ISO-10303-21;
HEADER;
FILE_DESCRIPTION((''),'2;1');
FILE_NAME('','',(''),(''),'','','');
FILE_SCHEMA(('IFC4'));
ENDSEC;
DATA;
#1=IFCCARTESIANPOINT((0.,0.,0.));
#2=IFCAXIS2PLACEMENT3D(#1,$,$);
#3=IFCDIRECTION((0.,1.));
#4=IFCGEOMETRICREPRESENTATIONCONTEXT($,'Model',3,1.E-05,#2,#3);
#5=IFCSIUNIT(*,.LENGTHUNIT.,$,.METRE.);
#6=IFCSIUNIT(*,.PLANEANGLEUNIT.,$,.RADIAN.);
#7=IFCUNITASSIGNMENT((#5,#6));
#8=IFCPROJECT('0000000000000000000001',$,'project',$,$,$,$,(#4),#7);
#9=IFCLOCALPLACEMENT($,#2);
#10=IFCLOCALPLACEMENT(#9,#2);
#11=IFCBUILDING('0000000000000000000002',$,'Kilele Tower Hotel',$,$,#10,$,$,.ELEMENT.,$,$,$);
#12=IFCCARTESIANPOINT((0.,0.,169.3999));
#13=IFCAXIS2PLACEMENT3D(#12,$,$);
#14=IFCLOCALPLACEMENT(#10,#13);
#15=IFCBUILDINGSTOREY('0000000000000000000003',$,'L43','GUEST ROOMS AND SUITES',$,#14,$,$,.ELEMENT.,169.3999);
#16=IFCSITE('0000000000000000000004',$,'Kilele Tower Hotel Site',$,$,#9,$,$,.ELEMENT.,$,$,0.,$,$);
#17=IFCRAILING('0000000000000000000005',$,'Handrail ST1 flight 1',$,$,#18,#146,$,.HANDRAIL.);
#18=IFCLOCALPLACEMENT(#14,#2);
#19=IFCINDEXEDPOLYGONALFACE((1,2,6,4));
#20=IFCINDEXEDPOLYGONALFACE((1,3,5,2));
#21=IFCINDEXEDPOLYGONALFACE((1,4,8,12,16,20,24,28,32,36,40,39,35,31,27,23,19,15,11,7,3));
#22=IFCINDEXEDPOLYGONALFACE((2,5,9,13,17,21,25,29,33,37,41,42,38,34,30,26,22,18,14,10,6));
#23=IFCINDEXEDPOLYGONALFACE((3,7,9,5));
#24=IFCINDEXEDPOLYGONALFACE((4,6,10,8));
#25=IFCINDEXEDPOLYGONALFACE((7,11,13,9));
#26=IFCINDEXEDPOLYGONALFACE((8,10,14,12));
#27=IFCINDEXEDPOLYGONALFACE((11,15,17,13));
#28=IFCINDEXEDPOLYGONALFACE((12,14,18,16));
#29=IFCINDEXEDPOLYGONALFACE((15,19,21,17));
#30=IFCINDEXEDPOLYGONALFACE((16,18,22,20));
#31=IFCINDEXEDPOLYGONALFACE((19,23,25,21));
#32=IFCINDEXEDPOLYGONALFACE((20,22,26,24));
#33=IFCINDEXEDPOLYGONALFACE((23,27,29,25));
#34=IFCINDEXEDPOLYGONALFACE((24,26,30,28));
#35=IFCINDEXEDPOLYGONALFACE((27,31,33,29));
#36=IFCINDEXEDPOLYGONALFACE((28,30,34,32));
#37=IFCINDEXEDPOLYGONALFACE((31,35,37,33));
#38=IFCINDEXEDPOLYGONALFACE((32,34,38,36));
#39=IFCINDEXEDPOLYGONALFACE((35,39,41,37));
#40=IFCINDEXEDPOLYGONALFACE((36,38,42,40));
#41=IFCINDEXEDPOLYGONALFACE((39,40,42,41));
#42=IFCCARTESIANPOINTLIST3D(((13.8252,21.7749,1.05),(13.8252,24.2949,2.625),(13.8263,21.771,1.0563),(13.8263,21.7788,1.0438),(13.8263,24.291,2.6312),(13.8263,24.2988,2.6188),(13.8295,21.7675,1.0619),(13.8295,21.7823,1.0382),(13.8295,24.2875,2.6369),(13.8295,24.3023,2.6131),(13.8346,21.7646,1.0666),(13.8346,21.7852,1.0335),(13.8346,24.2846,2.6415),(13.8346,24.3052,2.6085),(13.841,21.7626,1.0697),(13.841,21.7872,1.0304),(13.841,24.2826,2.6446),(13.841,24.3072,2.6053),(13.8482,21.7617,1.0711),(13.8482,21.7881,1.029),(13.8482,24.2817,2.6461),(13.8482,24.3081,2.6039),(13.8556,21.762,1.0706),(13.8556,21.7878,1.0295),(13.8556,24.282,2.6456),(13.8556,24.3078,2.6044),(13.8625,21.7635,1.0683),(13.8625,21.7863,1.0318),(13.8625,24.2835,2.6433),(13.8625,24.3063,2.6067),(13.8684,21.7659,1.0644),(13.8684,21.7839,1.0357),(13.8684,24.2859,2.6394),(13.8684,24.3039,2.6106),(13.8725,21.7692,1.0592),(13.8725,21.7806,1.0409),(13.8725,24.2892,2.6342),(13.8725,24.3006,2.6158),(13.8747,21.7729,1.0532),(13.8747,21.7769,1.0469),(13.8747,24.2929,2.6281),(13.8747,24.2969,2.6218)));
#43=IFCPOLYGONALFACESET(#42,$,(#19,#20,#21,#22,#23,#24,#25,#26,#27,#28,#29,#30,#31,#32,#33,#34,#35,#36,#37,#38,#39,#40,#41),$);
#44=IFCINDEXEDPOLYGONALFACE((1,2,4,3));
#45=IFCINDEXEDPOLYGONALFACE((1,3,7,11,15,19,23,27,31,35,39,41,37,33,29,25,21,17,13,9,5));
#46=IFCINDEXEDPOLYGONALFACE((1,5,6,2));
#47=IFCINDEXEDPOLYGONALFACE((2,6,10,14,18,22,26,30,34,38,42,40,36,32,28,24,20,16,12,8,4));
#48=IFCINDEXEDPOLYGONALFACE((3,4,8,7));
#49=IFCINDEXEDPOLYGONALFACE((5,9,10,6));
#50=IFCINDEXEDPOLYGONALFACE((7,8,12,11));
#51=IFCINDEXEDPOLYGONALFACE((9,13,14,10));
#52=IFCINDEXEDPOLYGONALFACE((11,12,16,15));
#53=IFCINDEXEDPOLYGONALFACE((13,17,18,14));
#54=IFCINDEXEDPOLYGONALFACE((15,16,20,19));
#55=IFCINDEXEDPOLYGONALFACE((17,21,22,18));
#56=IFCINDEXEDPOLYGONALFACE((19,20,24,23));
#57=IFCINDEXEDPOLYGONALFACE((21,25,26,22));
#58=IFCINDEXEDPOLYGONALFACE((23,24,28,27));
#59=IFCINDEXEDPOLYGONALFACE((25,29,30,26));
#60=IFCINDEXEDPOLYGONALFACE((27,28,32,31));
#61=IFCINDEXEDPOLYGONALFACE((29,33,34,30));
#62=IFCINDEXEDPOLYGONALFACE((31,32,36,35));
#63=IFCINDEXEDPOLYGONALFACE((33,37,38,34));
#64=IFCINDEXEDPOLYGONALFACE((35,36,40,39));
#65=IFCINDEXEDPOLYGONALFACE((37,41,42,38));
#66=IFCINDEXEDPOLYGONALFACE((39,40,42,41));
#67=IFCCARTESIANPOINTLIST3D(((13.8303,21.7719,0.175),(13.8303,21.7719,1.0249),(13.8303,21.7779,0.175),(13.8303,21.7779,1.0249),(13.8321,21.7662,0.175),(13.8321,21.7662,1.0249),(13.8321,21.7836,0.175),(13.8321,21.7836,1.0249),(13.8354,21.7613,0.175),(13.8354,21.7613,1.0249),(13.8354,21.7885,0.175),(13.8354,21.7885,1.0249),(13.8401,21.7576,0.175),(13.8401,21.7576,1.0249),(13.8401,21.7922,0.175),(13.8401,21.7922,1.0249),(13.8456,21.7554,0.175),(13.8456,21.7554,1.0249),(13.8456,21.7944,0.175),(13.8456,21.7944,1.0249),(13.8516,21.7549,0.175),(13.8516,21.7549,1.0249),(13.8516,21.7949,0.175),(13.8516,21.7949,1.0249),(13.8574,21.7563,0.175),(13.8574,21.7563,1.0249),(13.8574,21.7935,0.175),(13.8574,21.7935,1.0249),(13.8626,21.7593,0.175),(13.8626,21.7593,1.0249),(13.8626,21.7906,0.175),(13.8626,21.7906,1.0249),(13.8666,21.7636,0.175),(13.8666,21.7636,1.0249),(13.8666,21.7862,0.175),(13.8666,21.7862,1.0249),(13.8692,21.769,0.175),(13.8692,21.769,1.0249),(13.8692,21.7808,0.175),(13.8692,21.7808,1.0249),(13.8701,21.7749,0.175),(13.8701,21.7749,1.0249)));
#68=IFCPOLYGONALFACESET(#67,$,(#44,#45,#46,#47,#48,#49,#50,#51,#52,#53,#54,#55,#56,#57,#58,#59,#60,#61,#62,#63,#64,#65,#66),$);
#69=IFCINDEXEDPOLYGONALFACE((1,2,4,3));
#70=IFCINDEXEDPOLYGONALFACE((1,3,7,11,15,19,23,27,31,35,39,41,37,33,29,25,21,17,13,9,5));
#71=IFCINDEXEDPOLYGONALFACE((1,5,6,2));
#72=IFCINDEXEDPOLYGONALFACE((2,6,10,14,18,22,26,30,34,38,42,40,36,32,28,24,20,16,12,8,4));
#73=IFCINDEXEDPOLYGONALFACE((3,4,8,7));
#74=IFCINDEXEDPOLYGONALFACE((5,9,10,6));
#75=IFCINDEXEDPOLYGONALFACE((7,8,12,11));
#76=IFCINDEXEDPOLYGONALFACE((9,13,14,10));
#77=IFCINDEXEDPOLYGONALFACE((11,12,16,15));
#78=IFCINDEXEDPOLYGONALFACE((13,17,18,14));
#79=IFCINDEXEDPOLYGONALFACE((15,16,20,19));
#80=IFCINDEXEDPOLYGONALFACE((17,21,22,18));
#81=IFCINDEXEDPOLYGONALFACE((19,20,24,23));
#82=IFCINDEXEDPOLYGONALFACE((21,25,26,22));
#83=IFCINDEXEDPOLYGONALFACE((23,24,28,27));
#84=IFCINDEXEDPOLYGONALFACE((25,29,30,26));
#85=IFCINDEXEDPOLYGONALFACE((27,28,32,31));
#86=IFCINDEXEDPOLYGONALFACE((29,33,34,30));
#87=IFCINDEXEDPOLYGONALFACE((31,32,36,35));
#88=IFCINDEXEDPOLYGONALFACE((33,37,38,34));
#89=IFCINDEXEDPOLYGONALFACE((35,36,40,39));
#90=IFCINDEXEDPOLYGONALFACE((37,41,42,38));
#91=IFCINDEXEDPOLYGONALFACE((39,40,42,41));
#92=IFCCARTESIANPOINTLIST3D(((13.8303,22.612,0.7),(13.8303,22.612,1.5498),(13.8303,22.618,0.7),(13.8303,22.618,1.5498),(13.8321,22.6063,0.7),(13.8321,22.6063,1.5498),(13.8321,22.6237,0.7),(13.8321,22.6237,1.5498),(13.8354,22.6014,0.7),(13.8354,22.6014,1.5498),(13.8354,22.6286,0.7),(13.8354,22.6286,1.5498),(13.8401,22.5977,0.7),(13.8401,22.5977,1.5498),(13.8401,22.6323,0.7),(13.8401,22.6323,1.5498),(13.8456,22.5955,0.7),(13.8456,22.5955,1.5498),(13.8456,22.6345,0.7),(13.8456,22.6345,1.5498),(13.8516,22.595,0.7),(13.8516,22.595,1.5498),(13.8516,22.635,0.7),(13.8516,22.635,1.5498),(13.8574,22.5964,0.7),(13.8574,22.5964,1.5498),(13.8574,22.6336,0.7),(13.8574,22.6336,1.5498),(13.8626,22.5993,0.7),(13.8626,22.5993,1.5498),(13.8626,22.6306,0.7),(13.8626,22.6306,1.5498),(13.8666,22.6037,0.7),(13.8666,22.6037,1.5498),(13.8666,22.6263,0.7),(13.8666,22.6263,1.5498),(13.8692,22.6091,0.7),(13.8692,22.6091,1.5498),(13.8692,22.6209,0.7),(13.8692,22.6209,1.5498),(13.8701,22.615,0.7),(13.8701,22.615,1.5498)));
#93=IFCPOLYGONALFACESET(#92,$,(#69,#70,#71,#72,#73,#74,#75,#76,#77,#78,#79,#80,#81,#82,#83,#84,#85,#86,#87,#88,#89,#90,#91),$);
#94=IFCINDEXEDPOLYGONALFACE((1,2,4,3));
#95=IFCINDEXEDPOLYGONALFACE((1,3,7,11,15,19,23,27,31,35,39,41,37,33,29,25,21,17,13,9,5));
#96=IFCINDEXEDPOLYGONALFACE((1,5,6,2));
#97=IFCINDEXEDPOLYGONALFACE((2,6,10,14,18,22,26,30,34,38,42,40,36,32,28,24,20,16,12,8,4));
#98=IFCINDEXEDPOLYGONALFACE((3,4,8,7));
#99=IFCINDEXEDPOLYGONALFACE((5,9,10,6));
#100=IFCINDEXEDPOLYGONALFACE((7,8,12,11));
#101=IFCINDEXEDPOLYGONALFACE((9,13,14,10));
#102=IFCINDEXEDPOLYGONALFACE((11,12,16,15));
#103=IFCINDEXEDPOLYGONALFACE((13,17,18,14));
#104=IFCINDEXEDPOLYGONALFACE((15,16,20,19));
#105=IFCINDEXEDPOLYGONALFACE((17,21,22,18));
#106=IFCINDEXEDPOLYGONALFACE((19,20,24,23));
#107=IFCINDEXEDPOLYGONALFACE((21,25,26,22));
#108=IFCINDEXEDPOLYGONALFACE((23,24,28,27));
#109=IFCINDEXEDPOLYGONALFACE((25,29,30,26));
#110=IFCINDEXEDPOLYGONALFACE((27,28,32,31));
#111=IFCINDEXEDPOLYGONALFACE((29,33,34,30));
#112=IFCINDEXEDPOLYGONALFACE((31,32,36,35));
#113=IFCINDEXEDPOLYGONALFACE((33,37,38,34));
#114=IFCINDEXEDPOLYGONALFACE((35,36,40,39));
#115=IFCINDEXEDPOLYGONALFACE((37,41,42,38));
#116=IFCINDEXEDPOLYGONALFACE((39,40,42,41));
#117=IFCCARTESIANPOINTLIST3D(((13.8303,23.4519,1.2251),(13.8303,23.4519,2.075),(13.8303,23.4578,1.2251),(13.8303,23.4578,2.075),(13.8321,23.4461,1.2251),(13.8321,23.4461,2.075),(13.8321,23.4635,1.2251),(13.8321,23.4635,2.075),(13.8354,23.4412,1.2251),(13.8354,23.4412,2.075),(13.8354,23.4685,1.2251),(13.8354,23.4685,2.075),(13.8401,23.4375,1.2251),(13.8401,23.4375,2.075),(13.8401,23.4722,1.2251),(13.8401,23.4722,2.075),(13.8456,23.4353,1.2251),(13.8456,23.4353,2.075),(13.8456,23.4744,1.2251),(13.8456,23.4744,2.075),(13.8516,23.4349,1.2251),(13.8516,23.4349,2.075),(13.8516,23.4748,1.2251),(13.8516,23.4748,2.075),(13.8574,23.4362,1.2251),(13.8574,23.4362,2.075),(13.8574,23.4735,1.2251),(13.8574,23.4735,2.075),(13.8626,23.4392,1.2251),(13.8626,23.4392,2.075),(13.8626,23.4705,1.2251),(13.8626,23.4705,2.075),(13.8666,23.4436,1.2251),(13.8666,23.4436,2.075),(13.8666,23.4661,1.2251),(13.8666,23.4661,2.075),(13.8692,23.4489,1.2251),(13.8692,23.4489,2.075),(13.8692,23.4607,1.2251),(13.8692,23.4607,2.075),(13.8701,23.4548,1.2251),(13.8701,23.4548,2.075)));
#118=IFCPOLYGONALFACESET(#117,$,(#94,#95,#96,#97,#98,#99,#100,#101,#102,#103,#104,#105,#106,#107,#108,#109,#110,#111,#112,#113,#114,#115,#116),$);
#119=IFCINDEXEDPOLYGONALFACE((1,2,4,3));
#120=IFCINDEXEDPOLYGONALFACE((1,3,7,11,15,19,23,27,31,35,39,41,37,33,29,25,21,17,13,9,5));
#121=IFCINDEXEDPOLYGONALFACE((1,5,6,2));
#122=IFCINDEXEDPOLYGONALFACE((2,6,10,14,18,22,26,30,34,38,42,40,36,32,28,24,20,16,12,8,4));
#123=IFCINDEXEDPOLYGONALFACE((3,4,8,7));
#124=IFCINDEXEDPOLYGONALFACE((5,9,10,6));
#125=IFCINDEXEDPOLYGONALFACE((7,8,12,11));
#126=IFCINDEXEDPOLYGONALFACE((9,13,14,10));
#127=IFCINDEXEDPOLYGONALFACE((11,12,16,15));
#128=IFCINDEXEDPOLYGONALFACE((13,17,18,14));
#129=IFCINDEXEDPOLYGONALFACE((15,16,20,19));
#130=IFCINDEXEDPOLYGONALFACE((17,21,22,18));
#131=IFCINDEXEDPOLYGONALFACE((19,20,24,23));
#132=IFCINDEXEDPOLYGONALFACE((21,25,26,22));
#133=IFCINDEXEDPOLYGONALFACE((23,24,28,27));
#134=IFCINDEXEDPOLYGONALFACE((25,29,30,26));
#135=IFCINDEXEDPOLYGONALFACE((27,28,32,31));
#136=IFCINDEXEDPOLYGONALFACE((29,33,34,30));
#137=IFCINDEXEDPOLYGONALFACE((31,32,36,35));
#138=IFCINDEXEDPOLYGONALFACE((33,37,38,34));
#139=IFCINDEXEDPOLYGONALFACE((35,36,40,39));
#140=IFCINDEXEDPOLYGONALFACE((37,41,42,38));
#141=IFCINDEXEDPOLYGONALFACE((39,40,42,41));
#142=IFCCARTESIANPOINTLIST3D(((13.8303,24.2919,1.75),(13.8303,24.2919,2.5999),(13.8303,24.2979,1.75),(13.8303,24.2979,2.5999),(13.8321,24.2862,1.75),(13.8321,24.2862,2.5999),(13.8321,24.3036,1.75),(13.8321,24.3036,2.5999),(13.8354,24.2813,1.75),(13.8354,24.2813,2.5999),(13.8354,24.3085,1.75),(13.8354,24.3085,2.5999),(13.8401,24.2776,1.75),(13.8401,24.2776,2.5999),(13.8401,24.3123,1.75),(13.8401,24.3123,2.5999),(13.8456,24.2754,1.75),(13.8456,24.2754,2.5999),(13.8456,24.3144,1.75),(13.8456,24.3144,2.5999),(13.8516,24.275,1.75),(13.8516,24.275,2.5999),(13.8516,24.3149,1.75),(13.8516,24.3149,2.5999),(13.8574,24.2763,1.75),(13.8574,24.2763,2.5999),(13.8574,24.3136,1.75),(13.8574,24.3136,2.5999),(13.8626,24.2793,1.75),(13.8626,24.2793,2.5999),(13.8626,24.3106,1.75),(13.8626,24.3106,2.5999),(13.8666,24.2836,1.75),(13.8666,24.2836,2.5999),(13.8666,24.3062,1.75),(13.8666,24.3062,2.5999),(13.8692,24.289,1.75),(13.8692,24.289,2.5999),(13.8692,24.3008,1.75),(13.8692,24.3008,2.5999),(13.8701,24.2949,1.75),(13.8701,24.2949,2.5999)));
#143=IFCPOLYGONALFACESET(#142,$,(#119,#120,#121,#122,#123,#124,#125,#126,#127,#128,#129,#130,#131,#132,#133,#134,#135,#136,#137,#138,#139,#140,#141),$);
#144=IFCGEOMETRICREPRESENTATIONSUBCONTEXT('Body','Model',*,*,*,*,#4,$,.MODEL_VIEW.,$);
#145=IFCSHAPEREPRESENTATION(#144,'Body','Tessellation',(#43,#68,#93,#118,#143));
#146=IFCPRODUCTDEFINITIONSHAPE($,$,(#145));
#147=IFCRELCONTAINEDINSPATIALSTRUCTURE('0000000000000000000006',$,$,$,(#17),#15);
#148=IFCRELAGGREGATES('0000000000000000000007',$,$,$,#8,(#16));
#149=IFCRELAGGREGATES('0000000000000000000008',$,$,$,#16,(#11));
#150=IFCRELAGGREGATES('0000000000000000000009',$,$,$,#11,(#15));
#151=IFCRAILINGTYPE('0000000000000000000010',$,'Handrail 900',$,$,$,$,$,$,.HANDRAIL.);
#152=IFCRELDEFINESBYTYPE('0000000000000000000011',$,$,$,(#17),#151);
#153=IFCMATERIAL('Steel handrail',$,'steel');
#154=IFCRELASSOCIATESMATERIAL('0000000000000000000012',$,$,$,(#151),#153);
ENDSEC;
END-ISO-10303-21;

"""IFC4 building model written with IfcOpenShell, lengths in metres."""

from ifc_helpers import new_model, si_unit, direction, frame, origin, origin_2d, place, context, subcontext, project, spatial, circle, extrude, material, type_object, element, save


model = new_model("IFC4")

# Units and contexts
model_context = context("Model", 3, precision=1e-05, world=origin(), true_north=direction((0.0, 1.0)))
body_context = subcontext(model_context, "Body", "Model", "MODEL_VIEW")
ifc_project = project(units=[si_unit("LENGTHUNIT", "METRE"), si_unit("PLANEANGLEUNIT", "RADIAN")], contexts=[model_context])

# Site, building, storey
site_placement = place(None, origin())
site = spatial("IfcSite", under=ifc_project, at=site_placement, Name="Kilele Tower Hotel Site", CompositionType="ELEMENT", RefElevation=0.0)
building_placement = place(site_placement, origin())
building = spatial("IfcBuilding", under=site, at=building_placement, Name="Kilele Tower Hotel", CompositionType="ELEMENT")
storey_placement = place(building_placement, frame((0.0, 0.0, 169.3999)))
storey = spatial("IfcBuildingStorey", under=building, at=storey_placement, Name="L43", Description="GUEST ROOMS AND SUITES", CompositionType="ELEMENT", Elevation=169.3999)

# Railing
ifc_material_1 = material(Name="Steel handrail", Category="steel")
railing_type_1 = type_object("IfcRailingType", Name="Handrail 900", PredefinedType="HANDRAIL", material=ifc_material_1)
for number, where, name in (
    (1, (13.8501, 21.7749, 0.175), "Handrail ST1 flight 1"),
):
    element("IfcRailing", number, at=place(storey_placement, frame(where)), inside=storey, type_object=railing_type_1, Name=name, PredefinedType="HANDRAIL", context=body_context, shape_type="SweptSolid", body=[
        extrude(circle(Radius=0.0249, at=origin_2d()), frame((0.0, 0.0, 0.875), z_axis=(0.0, 0.848008, 0.529984), x_axis=(-1.0, 0.0, 0.0)), (0.0, 0.0, 1.0), 2.9717),
        extrude(circle(Radius=0.02, at=origin_2d()), origin(), (0.0, 0.0, 1.0), 0.8499),
        extrude(circle(Radius=0.02, at=origin_2d()), frame((0.0, 0.8401, 0.5249)), (0.0, 0.0, 1.0), 0.8499),
        extrude(circle(Radius=0.02, at=origin_2d()), frame((0.0, 1.6799, 1.05)), (0.0, 0.0, 1.0), 0.8499),
        extrude(circle(Radius=0.02, at=origin_2d()), frame((0.0, 2.52, 1.575)), (0.0, 0.0, 1.0), 0.8499),
    ])

save(model, "model.ifc")
